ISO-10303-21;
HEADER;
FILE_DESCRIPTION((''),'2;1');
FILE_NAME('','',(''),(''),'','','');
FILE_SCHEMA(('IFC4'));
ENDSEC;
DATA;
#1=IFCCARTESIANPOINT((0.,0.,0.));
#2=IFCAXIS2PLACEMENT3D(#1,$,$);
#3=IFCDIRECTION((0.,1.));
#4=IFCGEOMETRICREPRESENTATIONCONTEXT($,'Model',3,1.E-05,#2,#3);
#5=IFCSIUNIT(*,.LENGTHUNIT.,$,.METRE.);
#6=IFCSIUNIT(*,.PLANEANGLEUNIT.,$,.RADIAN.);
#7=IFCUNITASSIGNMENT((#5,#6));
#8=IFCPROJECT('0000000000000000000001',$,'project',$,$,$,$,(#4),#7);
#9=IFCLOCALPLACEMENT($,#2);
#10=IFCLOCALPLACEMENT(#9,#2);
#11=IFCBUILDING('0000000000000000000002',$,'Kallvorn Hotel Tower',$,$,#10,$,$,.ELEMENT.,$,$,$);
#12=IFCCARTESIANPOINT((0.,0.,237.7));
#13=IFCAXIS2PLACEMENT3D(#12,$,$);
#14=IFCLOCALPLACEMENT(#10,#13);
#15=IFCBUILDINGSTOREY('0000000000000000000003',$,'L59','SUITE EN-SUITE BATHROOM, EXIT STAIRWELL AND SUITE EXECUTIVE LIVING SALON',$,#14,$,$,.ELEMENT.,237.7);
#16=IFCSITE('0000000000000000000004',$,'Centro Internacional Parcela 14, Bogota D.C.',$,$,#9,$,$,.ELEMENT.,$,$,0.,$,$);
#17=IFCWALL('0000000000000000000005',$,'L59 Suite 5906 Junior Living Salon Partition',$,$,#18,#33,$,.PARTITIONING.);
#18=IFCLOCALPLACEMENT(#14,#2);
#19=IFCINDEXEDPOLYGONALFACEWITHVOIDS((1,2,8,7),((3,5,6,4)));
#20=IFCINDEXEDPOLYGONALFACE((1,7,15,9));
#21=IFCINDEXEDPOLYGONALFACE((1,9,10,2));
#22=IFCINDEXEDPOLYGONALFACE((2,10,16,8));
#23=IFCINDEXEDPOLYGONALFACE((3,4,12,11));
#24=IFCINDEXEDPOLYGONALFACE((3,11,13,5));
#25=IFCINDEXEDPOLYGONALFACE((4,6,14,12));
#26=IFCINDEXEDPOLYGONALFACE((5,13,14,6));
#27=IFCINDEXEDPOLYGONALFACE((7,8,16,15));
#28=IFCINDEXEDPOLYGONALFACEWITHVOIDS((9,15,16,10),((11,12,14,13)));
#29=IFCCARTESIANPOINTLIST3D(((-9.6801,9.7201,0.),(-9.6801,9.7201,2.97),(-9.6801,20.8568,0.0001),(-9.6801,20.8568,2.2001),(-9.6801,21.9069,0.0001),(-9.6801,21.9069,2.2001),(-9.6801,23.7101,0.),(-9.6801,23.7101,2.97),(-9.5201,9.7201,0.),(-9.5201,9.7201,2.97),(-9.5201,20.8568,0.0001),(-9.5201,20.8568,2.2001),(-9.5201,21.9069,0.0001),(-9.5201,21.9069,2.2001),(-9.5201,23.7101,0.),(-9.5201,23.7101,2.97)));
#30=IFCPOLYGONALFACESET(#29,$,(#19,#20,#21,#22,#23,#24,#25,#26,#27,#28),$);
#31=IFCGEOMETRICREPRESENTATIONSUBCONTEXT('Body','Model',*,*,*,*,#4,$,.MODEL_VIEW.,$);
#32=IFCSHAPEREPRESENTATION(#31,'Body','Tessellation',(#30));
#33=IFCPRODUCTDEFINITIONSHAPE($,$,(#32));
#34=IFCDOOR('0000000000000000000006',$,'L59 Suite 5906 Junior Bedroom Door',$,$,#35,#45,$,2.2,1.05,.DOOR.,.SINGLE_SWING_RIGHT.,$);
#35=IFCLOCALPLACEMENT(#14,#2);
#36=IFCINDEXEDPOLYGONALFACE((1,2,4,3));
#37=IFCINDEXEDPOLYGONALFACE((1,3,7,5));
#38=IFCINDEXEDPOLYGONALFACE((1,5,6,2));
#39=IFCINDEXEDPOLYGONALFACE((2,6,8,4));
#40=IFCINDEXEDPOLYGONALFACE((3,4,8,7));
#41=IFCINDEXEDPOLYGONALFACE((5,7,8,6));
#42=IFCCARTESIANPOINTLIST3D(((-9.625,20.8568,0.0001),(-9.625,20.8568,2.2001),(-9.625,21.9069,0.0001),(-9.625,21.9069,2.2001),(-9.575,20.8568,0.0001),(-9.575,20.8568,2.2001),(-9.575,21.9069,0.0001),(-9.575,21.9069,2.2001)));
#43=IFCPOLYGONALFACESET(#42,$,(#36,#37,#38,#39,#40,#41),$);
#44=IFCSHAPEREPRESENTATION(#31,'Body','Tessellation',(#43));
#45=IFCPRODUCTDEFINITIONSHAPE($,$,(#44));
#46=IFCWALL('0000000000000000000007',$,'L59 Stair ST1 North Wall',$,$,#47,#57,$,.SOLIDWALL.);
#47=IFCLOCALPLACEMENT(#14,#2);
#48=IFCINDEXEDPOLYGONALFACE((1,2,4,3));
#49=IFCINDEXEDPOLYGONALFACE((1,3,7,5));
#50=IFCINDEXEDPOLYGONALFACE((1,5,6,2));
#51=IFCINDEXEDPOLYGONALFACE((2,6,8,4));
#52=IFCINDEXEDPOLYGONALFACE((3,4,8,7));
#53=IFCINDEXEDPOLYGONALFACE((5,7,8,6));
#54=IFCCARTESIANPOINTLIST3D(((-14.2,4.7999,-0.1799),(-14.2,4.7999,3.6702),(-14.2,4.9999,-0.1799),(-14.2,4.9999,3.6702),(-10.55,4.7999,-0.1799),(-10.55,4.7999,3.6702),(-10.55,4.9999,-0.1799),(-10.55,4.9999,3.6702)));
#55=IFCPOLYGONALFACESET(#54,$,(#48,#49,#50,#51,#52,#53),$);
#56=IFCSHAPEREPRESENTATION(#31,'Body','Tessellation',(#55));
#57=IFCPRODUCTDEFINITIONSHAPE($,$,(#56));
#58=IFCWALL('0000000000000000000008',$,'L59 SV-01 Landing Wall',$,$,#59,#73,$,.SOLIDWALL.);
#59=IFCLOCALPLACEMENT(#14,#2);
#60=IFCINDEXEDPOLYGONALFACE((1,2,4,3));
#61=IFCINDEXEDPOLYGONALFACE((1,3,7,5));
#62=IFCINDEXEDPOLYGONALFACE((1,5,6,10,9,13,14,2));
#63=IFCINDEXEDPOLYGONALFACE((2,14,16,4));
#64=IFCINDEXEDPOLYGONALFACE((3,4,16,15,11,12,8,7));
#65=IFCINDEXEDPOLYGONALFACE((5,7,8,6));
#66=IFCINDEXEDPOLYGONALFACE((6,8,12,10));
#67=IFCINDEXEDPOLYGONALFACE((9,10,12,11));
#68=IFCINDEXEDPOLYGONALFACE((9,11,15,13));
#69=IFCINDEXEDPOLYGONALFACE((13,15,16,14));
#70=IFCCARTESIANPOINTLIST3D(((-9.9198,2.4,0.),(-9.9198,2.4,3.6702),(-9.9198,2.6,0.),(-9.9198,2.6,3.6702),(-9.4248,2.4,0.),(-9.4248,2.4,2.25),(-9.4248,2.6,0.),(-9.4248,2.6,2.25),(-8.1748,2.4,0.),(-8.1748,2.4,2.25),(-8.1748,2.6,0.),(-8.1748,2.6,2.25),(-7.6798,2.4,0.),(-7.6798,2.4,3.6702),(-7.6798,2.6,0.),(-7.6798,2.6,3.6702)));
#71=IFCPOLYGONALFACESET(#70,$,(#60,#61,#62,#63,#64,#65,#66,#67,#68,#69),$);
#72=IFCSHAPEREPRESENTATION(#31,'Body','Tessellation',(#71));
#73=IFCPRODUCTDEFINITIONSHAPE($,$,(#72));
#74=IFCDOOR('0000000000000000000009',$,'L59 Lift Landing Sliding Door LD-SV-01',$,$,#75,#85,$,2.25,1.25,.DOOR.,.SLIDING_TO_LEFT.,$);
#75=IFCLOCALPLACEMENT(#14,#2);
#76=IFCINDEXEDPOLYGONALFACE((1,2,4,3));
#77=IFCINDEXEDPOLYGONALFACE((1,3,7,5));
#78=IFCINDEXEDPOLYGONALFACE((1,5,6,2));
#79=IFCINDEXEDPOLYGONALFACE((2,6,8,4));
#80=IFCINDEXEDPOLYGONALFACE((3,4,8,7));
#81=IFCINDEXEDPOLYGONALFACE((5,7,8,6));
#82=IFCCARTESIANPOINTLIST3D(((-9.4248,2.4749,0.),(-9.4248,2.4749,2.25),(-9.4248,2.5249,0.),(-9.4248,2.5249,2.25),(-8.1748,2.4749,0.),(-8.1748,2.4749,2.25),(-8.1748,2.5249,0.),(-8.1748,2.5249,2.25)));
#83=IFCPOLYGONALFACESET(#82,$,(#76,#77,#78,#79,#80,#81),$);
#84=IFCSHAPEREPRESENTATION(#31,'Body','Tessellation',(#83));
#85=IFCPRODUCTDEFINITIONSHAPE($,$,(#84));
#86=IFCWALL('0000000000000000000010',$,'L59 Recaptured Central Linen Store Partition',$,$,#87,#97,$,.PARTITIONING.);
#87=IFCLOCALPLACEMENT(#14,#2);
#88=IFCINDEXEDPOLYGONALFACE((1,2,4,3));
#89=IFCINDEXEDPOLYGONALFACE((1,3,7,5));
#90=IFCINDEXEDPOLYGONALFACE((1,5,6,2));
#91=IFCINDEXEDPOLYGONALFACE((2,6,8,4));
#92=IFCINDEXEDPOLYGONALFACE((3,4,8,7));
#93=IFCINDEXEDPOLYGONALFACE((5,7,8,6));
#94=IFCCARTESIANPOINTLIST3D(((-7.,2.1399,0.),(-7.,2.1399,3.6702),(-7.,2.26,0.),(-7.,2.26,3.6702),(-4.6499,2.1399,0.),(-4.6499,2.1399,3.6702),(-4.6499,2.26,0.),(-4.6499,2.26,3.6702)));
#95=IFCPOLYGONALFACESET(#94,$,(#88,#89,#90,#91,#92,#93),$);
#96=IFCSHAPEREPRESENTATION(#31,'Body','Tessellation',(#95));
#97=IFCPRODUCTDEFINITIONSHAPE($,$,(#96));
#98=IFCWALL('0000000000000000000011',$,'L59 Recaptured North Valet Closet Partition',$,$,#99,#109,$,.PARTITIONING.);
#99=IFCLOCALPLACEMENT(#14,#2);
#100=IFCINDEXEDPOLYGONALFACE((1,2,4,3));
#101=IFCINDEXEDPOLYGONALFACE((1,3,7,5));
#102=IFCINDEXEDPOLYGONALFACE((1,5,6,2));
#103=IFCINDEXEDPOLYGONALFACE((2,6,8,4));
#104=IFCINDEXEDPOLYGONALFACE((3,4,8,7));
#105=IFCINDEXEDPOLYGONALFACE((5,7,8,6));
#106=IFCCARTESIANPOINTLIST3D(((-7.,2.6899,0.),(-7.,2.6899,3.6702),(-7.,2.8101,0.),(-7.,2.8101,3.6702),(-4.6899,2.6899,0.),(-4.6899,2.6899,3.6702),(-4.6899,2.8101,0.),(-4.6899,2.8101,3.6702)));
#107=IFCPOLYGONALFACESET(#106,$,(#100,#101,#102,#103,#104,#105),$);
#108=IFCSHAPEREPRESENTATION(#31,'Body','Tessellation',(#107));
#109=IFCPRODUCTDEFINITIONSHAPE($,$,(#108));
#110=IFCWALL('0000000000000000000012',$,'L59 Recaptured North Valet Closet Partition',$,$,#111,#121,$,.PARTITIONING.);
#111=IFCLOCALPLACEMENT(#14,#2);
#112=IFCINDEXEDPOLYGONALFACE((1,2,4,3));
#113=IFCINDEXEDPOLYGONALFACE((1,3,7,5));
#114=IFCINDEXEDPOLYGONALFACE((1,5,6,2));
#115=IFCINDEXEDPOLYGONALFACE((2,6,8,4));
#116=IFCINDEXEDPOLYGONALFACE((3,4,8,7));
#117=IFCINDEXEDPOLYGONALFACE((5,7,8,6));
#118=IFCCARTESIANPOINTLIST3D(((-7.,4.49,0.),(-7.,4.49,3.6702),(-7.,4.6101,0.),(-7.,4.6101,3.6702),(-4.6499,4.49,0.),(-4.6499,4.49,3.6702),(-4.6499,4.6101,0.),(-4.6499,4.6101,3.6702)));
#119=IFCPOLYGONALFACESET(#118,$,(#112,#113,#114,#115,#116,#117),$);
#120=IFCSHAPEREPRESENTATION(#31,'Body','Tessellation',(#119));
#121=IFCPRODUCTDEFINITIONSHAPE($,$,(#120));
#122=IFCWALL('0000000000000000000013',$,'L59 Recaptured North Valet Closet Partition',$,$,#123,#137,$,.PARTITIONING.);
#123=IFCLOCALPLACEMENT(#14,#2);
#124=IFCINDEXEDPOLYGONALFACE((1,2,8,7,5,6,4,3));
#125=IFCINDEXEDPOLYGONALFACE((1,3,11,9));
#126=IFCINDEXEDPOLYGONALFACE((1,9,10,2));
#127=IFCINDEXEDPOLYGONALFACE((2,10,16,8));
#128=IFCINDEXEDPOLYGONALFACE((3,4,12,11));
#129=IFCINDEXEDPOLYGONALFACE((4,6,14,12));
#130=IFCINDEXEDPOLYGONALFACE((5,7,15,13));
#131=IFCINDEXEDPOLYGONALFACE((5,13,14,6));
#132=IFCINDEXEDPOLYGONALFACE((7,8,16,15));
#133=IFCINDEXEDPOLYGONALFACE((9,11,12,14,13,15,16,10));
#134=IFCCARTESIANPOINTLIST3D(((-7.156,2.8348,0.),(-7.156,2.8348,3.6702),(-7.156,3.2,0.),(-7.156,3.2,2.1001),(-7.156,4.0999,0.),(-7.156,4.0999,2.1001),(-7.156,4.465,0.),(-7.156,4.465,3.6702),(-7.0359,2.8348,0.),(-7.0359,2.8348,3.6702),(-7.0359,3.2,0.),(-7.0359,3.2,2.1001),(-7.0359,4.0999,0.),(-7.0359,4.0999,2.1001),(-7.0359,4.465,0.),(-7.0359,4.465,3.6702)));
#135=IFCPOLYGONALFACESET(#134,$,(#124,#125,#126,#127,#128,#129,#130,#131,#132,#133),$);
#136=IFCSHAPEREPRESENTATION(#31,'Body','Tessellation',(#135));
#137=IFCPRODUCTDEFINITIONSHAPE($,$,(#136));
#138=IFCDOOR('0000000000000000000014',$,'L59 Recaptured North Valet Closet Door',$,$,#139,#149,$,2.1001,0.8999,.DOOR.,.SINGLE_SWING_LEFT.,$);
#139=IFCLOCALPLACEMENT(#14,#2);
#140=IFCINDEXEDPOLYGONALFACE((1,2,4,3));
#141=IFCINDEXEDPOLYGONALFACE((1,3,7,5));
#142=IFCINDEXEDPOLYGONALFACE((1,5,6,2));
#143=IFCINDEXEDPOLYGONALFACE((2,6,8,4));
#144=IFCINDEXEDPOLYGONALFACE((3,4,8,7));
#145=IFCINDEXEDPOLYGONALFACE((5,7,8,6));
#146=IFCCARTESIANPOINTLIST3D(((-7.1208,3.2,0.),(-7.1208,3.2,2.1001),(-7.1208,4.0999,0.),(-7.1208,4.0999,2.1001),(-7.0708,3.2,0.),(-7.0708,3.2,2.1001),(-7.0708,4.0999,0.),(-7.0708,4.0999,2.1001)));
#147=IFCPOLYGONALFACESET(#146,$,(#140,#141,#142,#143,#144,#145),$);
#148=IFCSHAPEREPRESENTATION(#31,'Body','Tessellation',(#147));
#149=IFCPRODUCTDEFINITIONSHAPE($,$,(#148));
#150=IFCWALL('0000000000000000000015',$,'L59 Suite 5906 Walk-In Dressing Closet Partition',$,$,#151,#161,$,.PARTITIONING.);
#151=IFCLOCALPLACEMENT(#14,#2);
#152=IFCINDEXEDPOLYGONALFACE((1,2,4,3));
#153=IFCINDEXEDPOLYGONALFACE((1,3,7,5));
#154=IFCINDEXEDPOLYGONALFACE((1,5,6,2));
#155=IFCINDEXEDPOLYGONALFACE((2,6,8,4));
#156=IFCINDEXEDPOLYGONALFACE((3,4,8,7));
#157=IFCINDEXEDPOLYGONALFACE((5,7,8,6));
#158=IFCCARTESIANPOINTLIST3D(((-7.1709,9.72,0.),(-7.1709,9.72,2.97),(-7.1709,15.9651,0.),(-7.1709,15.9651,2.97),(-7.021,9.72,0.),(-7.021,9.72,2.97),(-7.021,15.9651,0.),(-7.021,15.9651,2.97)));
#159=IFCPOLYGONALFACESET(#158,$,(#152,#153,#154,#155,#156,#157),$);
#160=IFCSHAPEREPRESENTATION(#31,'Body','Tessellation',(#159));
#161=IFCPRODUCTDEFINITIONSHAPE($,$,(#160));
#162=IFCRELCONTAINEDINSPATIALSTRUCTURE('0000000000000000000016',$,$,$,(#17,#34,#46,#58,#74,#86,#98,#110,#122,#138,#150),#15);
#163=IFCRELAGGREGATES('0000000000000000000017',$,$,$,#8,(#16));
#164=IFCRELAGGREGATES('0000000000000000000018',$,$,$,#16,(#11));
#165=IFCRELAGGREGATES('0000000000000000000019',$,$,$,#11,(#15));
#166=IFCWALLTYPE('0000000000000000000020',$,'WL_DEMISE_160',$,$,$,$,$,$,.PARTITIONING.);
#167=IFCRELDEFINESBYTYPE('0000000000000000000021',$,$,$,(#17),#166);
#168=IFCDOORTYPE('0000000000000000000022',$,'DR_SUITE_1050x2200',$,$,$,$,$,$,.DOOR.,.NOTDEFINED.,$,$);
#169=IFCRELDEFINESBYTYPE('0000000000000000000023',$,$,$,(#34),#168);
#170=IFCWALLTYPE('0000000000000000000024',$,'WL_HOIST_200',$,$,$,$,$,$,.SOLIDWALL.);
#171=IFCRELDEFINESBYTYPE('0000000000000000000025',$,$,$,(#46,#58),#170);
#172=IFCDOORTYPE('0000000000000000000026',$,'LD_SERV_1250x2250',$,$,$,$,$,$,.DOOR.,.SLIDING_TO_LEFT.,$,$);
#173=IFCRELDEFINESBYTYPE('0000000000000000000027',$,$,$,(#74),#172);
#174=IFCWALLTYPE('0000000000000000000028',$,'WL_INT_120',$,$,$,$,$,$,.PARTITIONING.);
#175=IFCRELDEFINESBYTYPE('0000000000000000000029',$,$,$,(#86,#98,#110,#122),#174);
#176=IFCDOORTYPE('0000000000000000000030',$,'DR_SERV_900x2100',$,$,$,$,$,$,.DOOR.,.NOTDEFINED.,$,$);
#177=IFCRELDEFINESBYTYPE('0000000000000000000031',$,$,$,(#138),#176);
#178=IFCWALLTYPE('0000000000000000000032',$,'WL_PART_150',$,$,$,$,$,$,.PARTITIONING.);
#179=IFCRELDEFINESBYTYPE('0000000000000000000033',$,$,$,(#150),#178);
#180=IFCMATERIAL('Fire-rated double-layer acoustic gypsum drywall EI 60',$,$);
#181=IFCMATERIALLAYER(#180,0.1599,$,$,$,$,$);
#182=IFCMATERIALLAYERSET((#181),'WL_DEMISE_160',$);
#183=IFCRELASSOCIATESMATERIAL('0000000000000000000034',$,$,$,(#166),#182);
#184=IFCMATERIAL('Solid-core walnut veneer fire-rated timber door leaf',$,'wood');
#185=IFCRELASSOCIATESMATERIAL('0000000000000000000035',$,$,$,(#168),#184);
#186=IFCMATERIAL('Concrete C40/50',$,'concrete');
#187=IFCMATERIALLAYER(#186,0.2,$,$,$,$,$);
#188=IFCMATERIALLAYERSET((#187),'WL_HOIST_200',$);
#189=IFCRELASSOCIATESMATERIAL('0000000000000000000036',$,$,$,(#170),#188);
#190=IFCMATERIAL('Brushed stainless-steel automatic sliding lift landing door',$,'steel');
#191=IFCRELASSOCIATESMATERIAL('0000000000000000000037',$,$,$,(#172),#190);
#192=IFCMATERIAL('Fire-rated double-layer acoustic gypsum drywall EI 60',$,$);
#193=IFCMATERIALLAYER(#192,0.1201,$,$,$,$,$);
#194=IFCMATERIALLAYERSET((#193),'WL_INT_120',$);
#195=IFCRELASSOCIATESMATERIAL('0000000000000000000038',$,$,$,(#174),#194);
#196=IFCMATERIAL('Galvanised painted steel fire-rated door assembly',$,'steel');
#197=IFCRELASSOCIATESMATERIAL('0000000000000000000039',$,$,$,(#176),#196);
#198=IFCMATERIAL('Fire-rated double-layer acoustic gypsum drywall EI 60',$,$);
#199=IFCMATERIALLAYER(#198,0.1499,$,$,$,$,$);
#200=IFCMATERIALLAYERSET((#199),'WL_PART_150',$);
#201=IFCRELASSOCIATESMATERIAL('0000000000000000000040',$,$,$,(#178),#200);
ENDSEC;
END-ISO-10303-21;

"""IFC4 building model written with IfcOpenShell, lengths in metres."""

from ifc_helpers import new_model, si_unit, direction, frame, frame_2d, origin, place, context, subcontext, project, spatial, rectangle, extrude, material, layer, layer_set, type_object, element, fill, save


model = new_model("IFC4")

# Units and contexts
model_context = context("Model", 3, precision=1e-05, world=origin(), true_north=direction((0.0, 1.0)))
body_context = subcontext(model_context, "Body", "Model", "MODEL_VIEW")
ifc_project = project(units=[si_unit("LENGTHUNIT", "METRE"), si_unit("PLANEANGLEUNIT", "RADIAN")], contexts=[model_context])

# Site, building, storey
site_placement = place(None, origin())
site = spatial("IfcSite", under=ifc_project, at=site_placement, Name="Centro Internacional Parcela 14, Bogota D.C.", CompositionType="ELEMENT", RefElevation=0.0)
building_placement = place(site_placement, origin())
building = spatial("IfcBuilding", under=site, at=building_placement, Name="Kallvorn Hotel Tower", CompositionType="ELEMENT")
storey_placement = place(building_placement, frame((0.0, 0.0, 237.7)))
storey = spatial("IfcBuildingStorey", under=building, at=storey_placement, Name="L59", Description="SUITE EN-SUITE BATHROOM, EXIT STAIRWELL AND SUITE EXECUTIVE LIVING SALON", CompositionType="ELEMENT", Elevation=237.7)

# Wall, opening, door
ifc_material_1 = material(Name="Fire-rated double-layer acoustic gypsum drywall EI 60")
ifc_layer_1 = layer(ifc_material_1, 0.1599)
ifc_layer_set_1 = layer_set([ifc_layer_1], Name="WL_DEMISE_160")
wall_type_1 = type_object("IfcWallType", Name="WL_DEMISE_160", PredefinedType="PARTITIONING", material=ifc_layer_set_1)
wall_1_placement = place(storey_placement, frame((-9.6001, 9.72, 0.0), z_axis=(0.0, 0.0, 1.0), x_axis=(0.0, 1.0, 0.0)))
wall_1 = element("IfcWall", 1, at=wall_1_placement, inside=storey, type_object=wall_type_1, Name="L59 Suite 5906 Junior Living Salon Partition", PredefinedType="PARTITIONING", context=body_context, shape_type="SweptSolid", body=[
    extrude(rectangle(XDim=13.99, YDim=0.1599, at=frame_2d((6.9951, 0.0))), origin(), (0.0, 0.0, 1.0), 2.97),
])
opening_1_placement = place(wall_1_placement, frame((11.137, 0.0, 0.0)))
opening_1 = element("IfcOpeningElement", 2, at=opening_1_placement, cuts=wall_1, PredefinedType="OPENING", context=body_context, shape_type="SweptSolid", body=[
    extrude(rectangle(XDim=1.05, YDim=2.2, at=frame_2d((0.5249, 1.1001))), frame((0.0, 0.095, 0.0), z_axis=(0.0, -1.0, 0.0), x_axis=(1.0, 0.0, 0.0)), (0.0, 0.0, 1.0), 0.1899),
])
ifc_material_2 = material(Name="Solid-core walnut veneer fire-rated timber door leaf", Category="wood")
door_type_1 = type_object("IfcDoorType", Name="DR_SUITE_1050x2200", OperationType="NOTDEFINED", PredefinedType="DOOR", material=ifc_material_2)
door_1_placement = place(opening_1_placement, origin())
door_1 = element("IfcDoor", 3, at=door_1_placement, inside=storey, type_object=door_type_1, Name="L59 Suite 5906 Junior Bedroom Door", OperationType="SINGLE_SWING_RIGHT", OverallHeight=2.2, OverallWidth=1.05, PredefinedType="DOOR", context=body_context, shape_type="SweptSolid", body=[
    extrude(rectangle(XDim=1.05, YDim=2.2, at=frame_2d((0.5249, 1.1001))), frame((0.0, 0.0249, 0.0), z_axis=(0.0, -1.0, 0.0), x_axis=(1.0, 0.0, 0.0)), (0.0, 0.0, 1.0), 0.05),
])
fill(opening_1, door_1)

# Wall
ifc_material_3 = material(Name="Concrete C40/50", Category="concrete")
ifc_layer_2 = layer(ifc_material_3, 0.2)
ifc_layer_set_2 = layer_set([ifc_layer_2], Name="WL_HOIST_200")
wall_type_2 = type_object("IfcWallType", Name="WL_HOIST_200", PredefinedType="SOLIDWALL", material=ifc_layer_set_2)
wall_2_placement = place(storey_placement, frame((-14.2, 4.8999, -0.1799), z_axis=(0.0, 0.0, 1.0), x_axis=(1.0, 0.0, 0.0)))
element("IfcWall", 4, at=wall_2_placement, inside=storey, type_object=wall_type_2, Name="L59 Stair ST1 North Wall", PredefinedType="SOLIDWALL", context=body_context, shape_type="SweptSolid", body=[
    extrude(rectangle(XDim=3.6499, YDim=0.2, at=frame_2d((1.825, 0.0))), origin(), (0.0, 0.0, 1.0), 3.8501),
])

# Wall, opening, door
wall_3_placement = place(storey_placement, frame((-9.9199, 2.5, 0.0), z_axis=(0.0, 0.0, 1.0), x_axis=(1.0, 0.0, 0.0)))
wall_3 = element("IfcWall", 5, at=wall_3_placement, inside=storey, type_object=wall_type_2, Name="L59 SV-01 Landing Wall", PredefinedType="SOLIDWALL", context=body_context, shape_type="SweptSolid", body=[
    extrude(rectangle(XDim=2.24, YDim=0.2, at=frame_2d((1.1201, 0.0))), origin(), (0.0, 0.0, 1.0), 3.6702),
])
opening_2_placement = place(wall_3_placement, frame((0.4951, 0.0, 0.0)))
opening_2 = element("IfcOpeningElement", 6, at=opening_2_placement, cuts=wall_3, PredefinedType="OPENING", context=body_context, shape_type="SweptSolid", body=[
    extrude(rectangle(XDim=1.25, YDim=2.25, at=frame_2d((0.625, 1.125))), frame((0.0, 0.115, 0.0), z_axis=(0.0, -1.0, 0.0), x_axis=(1.0, 0.0, 0.0)), (0.0, 0.0, 1.0), 0.23),
])
ifc_material_4 = material(Name="Brushed stainless-steel automatic sliding lift landing door", Category="steel")
door_type_2 = type_object("IfcDoorType", Name="LD_SERV_1250x2250", OperationType="SLIDING_TO_LEFT", PredefinedType="DOOR", material=ifc_material_4)
door_2_placement = place(opening_2_placement, origin())
door_2 = element("IfcDoor", 7, at=door_2_placement, inside=storey, type_object=door_type_2, Name="L59 Lift Landing Sliding Door LD-SV-01", OperationType="SLIDING_TO_LEFT", OverallHeight=2.25, OverallWidth=1.25, PredefinedType="DOOR", context=body_context, shape_type="SweptSolid", body=[
    extrude(rectangle(XDim=1.25, YDim=2.25, at=frame_2d((0.625, 1.125))), frame((0.0, 0.0249, 0.0), z_axis=(0.0, -1.0, 0.0), x_axis=(1.0, 0.0, 0.0)), (0.0, 0.0, 1.0), 0.05),
])
fill(opening_2, door_2)

# Walls
ifc_material_5 = material(Name="Fire-rated double-layer acoustic gypsum drywall EI 60")
ifc_layer_3 = layer(ifc_material_5, 0.1201)
ifc_layer_set_3 = layer_set([ifc_layer_3], Name="WL_INT_120")
wall_type_3 = type_object("IfcWallType", Name="WL_INT_120", PredefinedType="PARTITIONING", material=ifc_layer_set_3)
wall_4_placement = place(storey_placement, frame((-7.0, 2.2, 0.0), z_axis=(0.0, 0.0, 1.0), x_axis=(1.0, 0.0, 0.0)))
element("IfcWall", 8, at=wall_4_placement, inside=storey, type_object=wall_type_3, Name="L59 Recaptured Central Linen Store Partition", PredefinedType="PARTITIONING", context=body_context, shape_type="SweptSolid", body=[
    extrude(rectangle(XDim=2.3501, YDim=0.1201, at=frame_2d((1.175, 0.0))), origin(), (0.0, 0.0, 1.0), 3.6702),
])
wall_5_placement = place(storey_placement, frame((-7.0, 2.75, 0.0), z_axis=(0.0, 0.0, 1.0), x_axis=(1.0, 0.0, 0.0)))
element("IfcWall", 9, at=wall_5_placement, inside=storey, type_object=wall_type_3, Name="L59 Recaptured North Valet Closet Partition", PredefinedType="PARTITIONING", context=body_context, shape_type="SweptSolid", body=[
    extrude(rectangle(XDim=2.3101, YDim=0.1201, at=frame_2d((1.155, 0.0))), origin(), (0.0, 0.0, 1.0), 3.6702),
])
wall_6_placement = place(storey_placement, frame((-7.0, 4.55, 0.0), z_axis=(0.0, 0.0, 1.0), x_axis=(1.0, 0.0, 0.0)))
element("IfcWall", 10, at=wall_6_placement, inside=storey, type_object=wall_type_3, Name="L59 Recaptured North Valet Closet Partition", PredefinedType="PARTITIONING", context=body_context, shape_type="SweptSolid", body=[
    extrude(rectangle(XDim=2.3501, YDim=0.1201, at=frame_2d((1.175, 0.0))), origin(), (0.0, 0.0, 1.0), 3.6702),
])

# Wall, opening, door
wall_7_placement = place(storey_placement, frame((-7.0959, 2.835, 0.0), z_axis=(0.0, 0.0, 1.0), x_axis=(0.0, 1.0, 0.0)))
wall_7 = element("IfcWall", 11, at=wall_7_placement, inside=storey, type_object=wall_type_3, Name="L59 Recaptured North Valet Closet Partition", PredefinedType="PARTITIONING", context=body_context, shape_type="SweptSolid", body=[
    extrude(rectangle(XDim=1.6301, YDim=0.1201, at=frame_2d((0.8149, 0.0))), origin(), (0.0, 0.0, 1.0), 3.6702),
])
opening_3_placement = place(wall_7_placement, frame((0.365, 0.0, 0.0)))
opening_3 = element("IfcOpeningElement", 12, at=opening_3_placement, cuts=wall_7, PredefinedType="OPENING", context=body_context, shape_type="SweptSolid", body=[
    extrude(rectangle(XDim=0.8999, YDim=2.1001, at=frame_2d((0.45, 1.05))), frame((0.0, 0.075, 0.0), z_axis=(0.0, -1.0, 0.0), x_axis=(1.0, 0.0, 0.0)), (0.0, 0.0, 1.0), 0.1501),
])
ifc_material_6 = material(Name="Galvanised painted steel fire-rated door assembly", Category="steel")
door_type_3 = type_object("IfcDoorType", Name="DR_SERV_900x2100", OperationType="NOTDEFINED", PredefinedType="DOOR", material=ifc_material_6)
door_3_placement = place(opening_3_placement, origin())
door_3 = element("IfcDoor", 13, at=door_3_placement, inside=storey, type_object=door_type_3, Name="L59 Recaptured North Valet Closet Door", OperationType="SINGLE_SWING_LEFT", OverallHeight=2.1001, OverallWidth=0.8999, PredefinedType="DOOR", context=body_context, shape_type="SweptSolid", body=[
    extrude(rectangle(XDim=0.8999, YDim=2.1001, at=frame_2d((0.45, 1.05))), frame((0.0, 0.0249, 0.0), z_axis=(0.0, -1.0, 0.0), x_axis=(1.0, 0.0, 0.0)), (0.0, 0.0, 1.0), 0.05),
])
fill(opening_3, door_3)

# Wall
ifc_material_7 = material(Name="Fire-rated double-layer acoustic gypsum drywall EI 60")
ifc_layer_4 = layer(ifc_material_7, 0.1499)
ifc_layer_set_4 = layer_set([ifc_layer_4], Name="WL_PART_150")
wall_type_4 = type_object("IfcWallType", Name="WL_PART_150", PredefinedType="PARTITIONING", material=ifc_layer_set_4)
wall_8_placement = place(storey_placement, frame((-7.0959, 9.72, 0.0), z_axis=(0.0, 0.0, 1.0), x_axis=(0.0, 1.0, 0.0)))
element("IfcWall", 14, at=wall_8_placement, inside=storey, type_object=wall_type_4, Name="L59 Suite 5906 Walk-In Dressing Closet Partition", PredefinedType="PARTITIONING", context=body_context, shape_type="SweptSolid", body=[
    extrude(rectangle(XDim=6.2451, YDim=0.1499, at=frame_2d((3.1226, 0.0))), origin(), (0.0, 0.0, 1.0), 2.97),
])

save(model, "model.ifc")
